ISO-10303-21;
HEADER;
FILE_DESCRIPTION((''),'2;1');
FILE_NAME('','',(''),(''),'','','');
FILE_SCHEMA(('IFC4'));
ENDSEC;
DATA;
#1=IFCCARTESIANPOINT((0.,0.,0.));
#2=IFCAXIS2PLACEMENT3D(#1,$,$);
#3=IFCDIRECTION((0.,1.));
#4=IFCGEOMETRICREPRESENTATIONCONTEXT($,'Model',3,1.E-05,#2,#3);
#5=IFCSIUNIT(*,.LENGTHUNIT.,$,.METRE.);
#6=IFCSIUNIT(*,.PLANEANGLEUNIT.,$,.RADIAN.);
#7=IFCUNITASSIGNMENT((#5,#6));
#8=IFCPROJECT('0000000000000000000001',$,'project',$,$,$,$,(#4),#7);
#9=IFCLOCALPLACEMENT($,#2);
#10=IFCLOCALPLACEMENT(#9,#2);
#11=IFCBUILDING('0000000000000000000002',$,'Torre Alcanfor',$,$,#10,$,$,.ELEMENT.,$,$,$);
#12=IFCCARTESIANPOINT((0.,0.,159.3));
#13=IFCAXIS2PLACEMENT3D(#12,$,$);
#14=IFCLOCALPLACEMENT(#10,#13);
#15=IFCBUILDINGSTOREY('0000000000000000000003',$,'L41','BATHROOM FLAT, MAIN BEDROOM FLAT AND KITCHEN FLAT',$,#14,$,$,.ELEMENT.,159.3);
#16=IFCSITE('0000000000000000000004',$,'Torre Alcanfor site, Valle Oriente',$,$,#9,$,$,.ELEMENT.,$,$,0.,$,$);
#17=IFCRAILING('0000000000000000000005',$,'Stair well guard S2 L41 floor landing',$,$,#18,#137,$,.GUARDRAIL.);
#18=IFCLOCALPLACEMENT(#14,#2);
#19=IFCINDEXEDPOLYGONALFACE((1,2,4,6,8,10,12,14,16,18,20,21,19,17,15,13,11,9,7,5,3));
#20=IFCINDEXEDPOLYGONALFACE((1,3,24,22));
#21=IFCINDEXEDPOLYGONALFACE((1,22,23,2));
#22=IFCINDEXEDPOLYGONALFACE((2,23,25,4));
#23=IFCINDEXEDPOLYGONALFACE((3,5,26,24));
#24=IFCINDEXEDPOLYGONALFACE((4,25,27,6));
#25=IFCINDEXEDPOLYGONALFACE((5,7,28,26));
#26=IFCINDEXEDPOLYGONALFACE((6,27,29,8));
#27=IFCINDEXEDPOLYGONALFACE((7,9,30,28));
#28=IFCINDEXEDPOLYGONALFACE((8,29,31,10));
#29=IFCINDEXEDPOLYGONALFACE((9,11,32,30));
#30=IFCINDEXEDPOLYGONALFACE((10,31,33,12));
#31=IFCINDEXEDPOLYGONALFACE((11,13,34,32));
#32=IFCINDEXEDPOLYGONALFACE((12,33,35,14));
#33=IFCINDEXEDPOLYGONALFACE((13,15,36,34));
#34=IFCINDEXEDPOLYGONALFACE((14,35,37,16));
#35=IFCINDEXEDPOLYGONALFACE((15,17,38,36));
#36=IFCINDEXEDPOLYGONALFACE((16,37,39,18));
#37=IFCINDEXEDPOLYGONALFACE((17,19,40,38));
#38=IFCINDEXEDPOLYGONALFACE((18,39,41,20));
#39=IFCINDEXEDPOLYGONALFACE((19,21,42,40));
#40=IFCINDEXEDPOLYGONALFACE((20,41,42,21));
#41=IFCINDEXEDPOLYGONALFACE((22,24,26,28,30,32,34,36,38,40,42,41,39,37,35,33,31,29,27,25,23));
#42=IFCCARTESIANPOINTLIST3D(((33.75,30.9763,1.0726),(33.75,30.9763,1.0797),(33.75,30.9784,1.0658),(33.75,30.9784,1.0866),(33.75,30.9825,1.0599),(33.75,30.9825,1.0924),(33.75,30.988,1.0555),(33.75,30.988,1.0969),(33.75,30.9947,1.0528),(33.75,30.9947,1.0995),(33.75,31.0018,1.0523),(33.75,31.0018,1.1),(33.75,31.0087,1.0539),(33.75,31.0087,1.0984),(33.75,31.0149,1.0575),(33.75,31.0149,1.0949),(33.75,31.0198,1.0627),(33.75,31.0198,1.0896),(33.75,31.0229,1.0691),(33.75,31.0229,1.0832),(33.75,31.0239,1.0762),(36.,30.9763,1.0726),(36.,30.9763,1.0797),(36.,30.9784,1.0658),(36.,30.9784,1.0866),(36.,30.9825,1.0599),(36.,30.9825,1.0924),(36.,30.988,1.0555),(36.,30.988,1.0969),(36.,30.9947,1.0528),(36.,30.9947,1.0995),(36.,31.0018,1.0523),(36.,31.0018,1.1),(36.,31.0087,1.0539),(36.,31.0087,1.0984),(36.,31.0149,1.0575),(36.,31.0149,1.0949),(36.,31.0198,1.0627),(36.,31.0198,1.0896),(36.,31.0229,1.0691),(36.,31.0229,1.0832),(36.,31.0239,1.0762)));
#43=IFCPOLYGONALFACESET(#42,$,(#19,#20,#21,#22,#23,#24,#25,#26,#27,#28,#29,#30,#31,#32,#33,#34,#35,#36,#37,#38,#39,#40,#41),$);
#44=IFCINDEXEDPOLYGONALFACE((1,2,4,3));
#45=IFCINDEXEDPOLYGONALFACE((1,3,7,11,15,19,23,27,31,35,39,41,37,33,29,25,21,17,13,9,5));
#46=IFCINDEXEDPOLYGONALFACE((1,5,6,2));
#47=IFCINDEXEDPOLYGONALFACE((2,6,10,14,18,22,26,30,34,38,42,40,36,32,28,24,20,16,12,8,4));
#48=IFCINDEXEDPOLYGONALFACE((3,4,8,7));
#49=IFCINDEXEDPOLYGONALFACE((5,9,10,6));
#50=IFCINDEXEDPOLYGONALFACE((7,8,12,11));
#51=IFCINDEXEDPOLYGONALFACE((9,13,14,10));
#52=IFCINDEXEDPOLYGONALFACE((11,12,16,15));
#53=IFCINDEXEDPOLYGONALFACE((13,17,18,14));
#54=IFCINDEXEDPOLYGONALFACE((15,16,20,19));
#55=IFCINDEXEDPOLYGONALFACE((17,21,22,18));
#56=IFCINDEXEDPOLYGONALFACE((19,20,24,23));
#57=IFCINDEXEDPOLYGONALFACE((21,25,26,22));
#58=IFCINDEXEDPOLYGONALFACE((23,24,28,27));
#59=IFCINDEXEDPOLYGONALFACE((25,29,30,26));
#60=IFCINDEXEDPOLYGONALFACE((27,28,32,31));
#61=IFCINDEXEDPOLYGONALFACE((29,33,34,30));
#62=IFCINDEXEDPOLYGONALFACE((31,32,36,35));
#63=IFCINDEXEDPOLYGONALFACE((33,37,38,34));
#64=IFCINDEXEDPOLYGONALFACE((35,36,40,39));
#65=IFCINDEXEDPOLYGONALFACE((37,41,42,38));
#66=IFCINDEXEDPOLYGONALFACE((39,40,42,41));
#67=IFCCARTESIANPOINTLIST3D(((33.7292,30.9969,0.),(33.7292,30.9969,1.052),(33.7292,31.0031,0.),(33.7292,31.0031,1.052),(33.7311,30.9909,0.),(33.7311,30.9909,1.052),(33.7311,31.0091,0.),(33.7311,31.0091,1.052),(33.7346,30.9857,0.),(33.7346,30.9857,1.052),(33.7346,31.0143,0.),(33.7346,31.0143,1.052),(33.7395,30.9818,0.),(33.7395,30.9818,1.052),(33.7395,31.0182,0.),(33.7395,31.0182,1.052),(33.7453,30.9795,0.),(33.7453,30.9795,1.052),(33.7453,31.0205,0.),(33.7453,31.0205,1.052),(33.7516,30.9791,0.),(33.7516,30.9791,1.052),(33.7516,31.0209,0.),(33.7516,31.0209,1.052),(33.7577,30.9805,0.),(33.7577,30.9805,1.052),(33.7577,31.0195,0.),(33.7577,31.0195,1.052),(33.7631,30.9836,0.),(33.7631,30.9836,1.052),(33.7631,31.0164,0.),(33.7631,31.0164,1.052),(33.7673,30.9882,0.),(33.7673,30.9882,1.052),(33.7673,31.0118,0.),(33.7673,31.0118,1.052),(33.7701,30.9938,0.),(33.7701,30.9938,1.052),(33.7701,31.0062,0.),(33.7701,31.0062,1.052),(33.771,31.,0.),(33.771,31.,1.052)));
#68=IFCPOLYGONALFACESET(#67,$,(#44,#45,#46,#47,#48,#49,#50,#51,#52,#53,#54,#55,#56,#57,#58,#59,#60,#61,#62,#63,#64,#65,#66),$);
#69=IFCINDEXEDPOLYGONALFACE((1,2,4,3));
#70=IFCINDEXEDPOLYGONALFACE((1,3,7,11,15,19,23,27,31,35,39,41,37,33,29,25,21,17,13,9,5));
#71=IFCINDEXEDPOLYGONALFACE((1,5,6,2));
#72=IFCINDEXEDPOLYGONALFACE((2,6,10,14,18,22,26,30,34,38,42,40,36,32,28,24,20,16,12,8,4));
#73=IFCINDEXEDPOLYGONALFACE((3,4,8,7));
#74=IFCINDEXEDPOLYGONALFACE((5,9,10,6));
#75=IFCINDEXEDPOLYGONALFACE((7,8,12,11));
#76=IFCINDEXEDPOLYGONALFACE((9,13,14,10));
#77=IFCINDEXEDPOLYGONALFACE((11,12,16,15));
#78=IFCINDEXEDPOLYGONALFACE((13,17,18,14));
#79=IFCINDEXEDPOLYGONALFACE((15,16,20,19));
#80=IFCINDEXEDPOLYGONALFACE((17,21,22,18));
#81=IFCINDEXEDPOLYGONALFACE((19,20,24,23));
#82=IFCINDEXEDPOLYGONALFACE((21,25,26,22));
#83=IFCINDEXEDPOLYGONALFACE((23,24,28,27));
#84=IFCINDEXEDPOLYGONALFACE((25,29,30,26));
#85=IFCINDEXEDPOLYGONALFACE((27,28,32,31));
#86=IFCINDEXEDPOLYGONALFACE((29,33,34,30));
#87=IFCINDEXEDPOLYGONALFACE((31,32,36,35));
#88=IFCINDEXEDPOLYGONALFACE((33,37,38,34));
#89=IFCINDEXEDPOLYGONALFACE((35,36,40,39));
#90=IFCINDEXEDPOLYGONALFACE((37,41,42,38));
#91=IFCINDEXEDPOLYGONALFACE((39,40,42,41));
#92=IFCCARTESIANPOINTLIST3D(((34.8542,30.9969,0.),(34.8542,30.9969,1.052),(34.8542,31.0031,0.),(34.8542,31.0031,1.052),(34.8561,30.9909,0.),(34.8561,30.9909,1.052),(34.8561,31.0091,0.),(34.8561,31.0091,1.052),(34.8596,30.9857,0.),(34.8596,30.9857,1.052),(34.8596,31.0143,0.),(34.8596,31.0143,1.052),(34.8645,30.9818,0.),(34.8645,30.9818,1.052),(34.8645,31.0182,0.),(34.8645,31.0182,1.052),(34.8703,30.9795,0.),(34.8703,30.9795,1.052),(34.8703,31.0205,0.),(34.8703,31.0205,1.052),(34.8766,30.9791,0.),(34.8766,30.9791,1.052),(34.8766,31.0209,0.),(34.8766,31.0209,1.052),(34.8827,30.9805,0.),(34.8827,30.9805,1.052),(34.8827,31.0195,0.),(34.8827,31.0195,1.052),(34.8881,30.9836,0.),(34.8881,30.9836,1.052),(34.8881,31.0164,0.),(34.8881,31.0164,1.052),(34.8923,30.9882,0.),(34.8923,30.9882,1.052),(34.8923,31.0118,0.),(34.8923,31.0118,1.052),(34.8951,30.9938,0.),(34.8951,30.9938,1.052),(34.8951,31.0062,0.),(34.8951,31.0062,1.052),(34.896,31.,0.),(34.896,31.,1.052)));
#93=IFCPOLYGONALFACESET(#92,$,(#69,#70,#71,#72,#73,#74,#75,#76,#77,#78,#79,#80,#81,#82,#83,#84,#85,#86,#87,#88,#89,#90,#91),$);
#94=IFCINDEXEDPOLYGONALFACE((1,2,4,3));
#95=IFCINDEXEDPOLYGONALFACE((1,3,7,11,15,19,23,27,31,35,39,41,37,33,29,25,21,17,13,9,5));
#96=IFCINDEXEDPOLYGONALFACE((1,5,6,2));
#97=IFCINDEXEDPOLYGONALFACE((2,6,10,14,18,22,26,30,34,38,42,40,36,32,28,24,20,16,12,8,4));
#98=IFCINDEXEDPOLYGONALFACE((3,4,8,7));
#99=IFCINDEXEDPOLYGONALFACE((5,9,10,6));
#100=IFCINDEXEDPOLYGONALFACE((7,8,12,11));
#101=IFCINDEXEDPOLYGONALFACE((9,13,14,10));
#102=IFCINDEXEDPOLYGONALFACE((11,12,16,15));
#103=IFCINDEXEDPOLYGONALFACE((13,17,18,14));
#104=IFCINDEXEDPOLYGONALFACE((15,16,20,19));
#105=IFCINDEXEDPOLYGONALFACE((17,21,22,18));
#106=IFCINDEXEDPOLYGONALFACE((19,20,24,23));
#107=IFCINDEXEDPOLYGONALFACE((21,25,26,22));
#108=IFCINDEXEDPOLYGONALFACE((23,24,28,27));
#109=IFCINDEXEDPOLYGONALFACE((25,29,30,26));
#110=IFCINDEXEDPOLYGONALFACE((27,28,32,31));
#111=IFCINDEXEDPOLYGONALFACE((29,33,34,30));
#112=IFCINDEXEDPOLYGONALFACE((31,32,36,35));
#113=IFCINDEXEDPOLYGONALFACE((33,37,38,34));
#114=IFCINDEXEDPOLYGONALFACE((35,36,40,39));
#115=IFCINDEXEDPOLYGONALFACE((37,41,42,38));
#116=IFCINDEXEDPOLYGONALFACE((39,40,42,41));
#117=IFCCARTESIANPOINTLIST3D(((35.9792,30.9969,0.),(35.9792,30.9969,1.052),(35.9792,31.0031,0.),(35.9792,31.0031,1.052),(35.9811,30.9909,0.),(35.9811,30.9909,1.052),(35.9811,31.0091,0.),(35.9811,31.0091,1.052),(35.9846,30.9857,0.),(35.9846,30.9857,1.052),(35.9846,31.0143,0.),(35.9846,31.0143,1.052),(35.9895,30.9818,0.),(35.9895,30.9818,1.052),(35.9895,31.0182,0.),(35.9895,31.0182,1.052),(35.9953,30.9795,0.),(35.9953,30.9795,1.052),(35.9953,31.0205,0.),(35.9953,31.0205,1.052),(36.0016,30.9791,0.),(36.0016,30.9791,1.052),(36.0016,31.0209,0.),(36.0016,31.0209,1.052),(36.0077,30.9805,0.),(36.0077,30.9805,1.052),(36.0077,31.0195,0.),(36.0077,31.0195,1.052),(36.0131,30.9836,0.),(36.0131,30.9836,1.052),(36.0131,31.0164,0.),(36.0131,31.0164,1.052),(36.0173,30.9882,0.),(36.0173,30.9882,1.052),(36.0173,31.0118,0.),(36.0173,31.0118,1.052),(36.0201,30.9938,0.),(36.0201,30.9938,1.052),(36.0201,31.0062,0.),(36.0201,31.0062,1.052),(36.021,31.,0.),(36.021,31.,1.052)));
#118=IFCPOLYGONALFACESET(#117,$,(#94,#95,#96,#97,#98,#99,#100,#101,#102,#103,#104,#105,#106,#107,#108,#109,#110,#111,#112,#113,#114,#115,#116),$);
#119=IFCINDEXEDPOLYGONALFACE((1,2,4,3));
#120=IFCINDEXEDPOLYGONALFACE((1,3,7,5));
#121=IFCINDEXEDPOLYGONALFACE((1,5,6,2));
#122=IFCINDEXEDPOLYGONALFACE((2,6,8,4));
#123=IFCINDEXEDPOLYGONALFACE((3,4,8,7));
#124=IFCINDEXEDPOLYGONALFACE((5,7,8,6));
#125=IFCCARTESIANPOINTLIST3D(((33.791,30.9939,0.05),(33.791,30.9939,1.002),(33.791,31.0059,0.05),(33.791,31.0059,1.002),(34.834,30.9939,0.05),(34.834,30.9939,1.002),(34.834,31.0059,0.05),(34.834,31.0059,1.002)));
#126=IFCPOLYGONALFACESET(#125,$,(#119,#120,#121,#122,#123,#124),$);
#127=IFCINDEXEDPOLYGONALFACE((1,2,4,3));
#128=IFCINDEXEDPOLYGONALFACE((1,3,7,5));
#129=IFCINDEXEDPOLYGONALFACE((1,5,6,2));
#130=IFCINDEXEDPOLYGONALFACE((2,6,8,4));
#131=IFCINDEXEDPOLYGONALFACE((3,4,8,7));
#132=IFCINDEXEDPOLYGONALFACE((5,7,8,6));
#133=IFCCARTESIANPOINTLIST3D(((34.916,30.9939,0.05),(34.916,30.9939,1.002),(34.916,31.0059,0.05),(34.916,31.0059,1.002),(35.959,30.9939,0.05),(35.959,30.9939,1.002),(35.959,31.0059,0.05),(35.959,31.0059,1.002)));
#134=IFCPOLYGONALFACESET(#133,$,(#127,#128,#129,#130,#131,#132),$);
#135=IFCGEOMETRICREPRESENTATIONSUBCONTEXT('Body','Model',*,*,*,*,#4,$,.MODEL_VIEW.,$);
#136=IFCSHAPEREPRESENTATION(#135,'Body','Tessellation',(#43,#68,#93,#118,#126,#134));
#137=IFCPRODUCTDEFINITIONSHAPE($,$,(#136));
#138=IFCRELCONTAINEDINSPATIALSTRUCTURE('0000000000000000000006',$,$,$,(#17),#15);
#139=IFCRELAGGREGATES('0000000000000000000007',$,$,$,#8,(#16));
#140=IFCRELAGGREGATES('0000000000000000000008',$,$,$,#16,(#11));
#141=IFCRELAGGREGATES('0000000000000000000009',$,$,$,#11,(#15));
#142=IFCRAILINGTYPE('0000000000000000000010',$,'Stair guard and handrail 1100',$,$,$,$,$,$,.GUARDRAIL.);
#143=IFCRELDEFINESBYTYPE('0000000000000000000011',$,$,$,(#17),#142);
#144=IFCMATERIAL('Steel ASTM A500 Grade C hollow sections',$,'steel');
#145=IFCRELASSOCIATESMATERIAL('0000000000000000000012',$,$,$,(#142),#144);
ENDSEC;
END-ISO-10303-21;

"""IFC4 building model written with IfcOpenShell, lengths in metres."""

from ifc_helpers import new_model, si_unit, direction, frame, origin, origin_2d, place, context, subcontext, project, spatial, polyline, circle, outline, extrude, material, type_object, element, save


model = new_model("IFC4")

# Units and contexts
model_context = context("Model", 3, precision=1e-05, world=origin(), true_north=direction((0.0, 1.0)))
body_context = subcontext(model_context, "Body", "Model", "MODEL_VIEW")
ifc_project = project(units=[si_unit("LENGTHUNIT", "METRE"), si_unit("PLANEANGLEUNIT", "RADIAN")], contexts=[model_context])

# Site, building, storey
site_placement = place(None, origin())
site = spatial("IfcSite", under=ifc_project, at=site_placement, Name="Torre Alcanfor site, Valle Oriente", CompositionType="ELEMENT", RefElevation=0.0)
building_placement = place(site_placement, origin())
building = spatial("IfcBuilding", under=site, at=building_placement, Name="Torre Alcanfor", CompositionType="ELEMENT")
storey_placement = place(building_placement, frame((0.0, 0.0, 159.3)))
storey = spatial("IfcBuildingStorey", under=building, at=storey_placement, Name="L41", Description="BATHROOM FLAT, MAIN BEDROOM FLAT AND KITCHEN FLAT", CompositionType="ELEMENT", Elevation=159.3)

# Railing
ifc_material_1 = material(Name="Steel ASTM A500 Grade C hollow sections", Category="steel")
railing_type_1 = type_object("IfcRailingType", Name="Stair guard and handrail 1100", PredefinedType="GUARDRAIL", material=ifc_material_1)
for number, where, name in (
    (1, (33.75, 31.0, 0.0), "Stair well guard S2 L41 floor landing"),
):
    element("IfcRailing", number, at=place(storey_placement, frame(where)), inside=storey, type_object=railing_type_1, Name=name, PredefinedType="GUARDRAIL", context=body_context, shape_type="SweptSolid", body=[
        extrude(circle(Radius=0.0239, at=origin_2d()), frame((0.0, 0.0, 1.0762), z_axis=(1.0, 0.0, 0.0), x_axis=(0.0, 1.0, 0.0)), (0.0, 0.0, 1.0), 2.25),
        extrude(circle(Radius=0.021, at=origin_2d()), origin(), (0.0, 0.0, 1.0), 1.052),
        extrude(circle(Radius=0.021, at=origin_2d()), frame((1.125, 0.0, 0.0)), (0.0, 0.0, 1.0), 1.052),
        extrude(circle(Radius=0.021, at=origin_2d()), frame((2.25, 0.0, 0.0)), (0.0, 0.0, 1.0), 1.052),
        extrude(outline(polyline([(0.041, 0.05), (1.084, 0.05), (1.084, 1.002), (0.041, 1.002), (0.041, 0.05)])), frame((0.0, 0.0059, 0.0), z_axis=(0.0, -1.0, 0.0), x_axis=(1.0, 0.0, 0.0)), (0.0, 0.0, 1.0), 0.012),
        extrude(outline(polyline([(1.166, 0.05), (2.209, 0.05), (2.209, 1.002), (1.166, 1.002), (1.166, 0.05)])), frame((0.0, 0.0059, 0.0), z_axis=(0.0, -1.0, 0.0), x_axis=(1.0, 0.0, 0.0)), (0.0, 0.0, 1.0), 0.012),
    ])

save(model, "model.ifc")
